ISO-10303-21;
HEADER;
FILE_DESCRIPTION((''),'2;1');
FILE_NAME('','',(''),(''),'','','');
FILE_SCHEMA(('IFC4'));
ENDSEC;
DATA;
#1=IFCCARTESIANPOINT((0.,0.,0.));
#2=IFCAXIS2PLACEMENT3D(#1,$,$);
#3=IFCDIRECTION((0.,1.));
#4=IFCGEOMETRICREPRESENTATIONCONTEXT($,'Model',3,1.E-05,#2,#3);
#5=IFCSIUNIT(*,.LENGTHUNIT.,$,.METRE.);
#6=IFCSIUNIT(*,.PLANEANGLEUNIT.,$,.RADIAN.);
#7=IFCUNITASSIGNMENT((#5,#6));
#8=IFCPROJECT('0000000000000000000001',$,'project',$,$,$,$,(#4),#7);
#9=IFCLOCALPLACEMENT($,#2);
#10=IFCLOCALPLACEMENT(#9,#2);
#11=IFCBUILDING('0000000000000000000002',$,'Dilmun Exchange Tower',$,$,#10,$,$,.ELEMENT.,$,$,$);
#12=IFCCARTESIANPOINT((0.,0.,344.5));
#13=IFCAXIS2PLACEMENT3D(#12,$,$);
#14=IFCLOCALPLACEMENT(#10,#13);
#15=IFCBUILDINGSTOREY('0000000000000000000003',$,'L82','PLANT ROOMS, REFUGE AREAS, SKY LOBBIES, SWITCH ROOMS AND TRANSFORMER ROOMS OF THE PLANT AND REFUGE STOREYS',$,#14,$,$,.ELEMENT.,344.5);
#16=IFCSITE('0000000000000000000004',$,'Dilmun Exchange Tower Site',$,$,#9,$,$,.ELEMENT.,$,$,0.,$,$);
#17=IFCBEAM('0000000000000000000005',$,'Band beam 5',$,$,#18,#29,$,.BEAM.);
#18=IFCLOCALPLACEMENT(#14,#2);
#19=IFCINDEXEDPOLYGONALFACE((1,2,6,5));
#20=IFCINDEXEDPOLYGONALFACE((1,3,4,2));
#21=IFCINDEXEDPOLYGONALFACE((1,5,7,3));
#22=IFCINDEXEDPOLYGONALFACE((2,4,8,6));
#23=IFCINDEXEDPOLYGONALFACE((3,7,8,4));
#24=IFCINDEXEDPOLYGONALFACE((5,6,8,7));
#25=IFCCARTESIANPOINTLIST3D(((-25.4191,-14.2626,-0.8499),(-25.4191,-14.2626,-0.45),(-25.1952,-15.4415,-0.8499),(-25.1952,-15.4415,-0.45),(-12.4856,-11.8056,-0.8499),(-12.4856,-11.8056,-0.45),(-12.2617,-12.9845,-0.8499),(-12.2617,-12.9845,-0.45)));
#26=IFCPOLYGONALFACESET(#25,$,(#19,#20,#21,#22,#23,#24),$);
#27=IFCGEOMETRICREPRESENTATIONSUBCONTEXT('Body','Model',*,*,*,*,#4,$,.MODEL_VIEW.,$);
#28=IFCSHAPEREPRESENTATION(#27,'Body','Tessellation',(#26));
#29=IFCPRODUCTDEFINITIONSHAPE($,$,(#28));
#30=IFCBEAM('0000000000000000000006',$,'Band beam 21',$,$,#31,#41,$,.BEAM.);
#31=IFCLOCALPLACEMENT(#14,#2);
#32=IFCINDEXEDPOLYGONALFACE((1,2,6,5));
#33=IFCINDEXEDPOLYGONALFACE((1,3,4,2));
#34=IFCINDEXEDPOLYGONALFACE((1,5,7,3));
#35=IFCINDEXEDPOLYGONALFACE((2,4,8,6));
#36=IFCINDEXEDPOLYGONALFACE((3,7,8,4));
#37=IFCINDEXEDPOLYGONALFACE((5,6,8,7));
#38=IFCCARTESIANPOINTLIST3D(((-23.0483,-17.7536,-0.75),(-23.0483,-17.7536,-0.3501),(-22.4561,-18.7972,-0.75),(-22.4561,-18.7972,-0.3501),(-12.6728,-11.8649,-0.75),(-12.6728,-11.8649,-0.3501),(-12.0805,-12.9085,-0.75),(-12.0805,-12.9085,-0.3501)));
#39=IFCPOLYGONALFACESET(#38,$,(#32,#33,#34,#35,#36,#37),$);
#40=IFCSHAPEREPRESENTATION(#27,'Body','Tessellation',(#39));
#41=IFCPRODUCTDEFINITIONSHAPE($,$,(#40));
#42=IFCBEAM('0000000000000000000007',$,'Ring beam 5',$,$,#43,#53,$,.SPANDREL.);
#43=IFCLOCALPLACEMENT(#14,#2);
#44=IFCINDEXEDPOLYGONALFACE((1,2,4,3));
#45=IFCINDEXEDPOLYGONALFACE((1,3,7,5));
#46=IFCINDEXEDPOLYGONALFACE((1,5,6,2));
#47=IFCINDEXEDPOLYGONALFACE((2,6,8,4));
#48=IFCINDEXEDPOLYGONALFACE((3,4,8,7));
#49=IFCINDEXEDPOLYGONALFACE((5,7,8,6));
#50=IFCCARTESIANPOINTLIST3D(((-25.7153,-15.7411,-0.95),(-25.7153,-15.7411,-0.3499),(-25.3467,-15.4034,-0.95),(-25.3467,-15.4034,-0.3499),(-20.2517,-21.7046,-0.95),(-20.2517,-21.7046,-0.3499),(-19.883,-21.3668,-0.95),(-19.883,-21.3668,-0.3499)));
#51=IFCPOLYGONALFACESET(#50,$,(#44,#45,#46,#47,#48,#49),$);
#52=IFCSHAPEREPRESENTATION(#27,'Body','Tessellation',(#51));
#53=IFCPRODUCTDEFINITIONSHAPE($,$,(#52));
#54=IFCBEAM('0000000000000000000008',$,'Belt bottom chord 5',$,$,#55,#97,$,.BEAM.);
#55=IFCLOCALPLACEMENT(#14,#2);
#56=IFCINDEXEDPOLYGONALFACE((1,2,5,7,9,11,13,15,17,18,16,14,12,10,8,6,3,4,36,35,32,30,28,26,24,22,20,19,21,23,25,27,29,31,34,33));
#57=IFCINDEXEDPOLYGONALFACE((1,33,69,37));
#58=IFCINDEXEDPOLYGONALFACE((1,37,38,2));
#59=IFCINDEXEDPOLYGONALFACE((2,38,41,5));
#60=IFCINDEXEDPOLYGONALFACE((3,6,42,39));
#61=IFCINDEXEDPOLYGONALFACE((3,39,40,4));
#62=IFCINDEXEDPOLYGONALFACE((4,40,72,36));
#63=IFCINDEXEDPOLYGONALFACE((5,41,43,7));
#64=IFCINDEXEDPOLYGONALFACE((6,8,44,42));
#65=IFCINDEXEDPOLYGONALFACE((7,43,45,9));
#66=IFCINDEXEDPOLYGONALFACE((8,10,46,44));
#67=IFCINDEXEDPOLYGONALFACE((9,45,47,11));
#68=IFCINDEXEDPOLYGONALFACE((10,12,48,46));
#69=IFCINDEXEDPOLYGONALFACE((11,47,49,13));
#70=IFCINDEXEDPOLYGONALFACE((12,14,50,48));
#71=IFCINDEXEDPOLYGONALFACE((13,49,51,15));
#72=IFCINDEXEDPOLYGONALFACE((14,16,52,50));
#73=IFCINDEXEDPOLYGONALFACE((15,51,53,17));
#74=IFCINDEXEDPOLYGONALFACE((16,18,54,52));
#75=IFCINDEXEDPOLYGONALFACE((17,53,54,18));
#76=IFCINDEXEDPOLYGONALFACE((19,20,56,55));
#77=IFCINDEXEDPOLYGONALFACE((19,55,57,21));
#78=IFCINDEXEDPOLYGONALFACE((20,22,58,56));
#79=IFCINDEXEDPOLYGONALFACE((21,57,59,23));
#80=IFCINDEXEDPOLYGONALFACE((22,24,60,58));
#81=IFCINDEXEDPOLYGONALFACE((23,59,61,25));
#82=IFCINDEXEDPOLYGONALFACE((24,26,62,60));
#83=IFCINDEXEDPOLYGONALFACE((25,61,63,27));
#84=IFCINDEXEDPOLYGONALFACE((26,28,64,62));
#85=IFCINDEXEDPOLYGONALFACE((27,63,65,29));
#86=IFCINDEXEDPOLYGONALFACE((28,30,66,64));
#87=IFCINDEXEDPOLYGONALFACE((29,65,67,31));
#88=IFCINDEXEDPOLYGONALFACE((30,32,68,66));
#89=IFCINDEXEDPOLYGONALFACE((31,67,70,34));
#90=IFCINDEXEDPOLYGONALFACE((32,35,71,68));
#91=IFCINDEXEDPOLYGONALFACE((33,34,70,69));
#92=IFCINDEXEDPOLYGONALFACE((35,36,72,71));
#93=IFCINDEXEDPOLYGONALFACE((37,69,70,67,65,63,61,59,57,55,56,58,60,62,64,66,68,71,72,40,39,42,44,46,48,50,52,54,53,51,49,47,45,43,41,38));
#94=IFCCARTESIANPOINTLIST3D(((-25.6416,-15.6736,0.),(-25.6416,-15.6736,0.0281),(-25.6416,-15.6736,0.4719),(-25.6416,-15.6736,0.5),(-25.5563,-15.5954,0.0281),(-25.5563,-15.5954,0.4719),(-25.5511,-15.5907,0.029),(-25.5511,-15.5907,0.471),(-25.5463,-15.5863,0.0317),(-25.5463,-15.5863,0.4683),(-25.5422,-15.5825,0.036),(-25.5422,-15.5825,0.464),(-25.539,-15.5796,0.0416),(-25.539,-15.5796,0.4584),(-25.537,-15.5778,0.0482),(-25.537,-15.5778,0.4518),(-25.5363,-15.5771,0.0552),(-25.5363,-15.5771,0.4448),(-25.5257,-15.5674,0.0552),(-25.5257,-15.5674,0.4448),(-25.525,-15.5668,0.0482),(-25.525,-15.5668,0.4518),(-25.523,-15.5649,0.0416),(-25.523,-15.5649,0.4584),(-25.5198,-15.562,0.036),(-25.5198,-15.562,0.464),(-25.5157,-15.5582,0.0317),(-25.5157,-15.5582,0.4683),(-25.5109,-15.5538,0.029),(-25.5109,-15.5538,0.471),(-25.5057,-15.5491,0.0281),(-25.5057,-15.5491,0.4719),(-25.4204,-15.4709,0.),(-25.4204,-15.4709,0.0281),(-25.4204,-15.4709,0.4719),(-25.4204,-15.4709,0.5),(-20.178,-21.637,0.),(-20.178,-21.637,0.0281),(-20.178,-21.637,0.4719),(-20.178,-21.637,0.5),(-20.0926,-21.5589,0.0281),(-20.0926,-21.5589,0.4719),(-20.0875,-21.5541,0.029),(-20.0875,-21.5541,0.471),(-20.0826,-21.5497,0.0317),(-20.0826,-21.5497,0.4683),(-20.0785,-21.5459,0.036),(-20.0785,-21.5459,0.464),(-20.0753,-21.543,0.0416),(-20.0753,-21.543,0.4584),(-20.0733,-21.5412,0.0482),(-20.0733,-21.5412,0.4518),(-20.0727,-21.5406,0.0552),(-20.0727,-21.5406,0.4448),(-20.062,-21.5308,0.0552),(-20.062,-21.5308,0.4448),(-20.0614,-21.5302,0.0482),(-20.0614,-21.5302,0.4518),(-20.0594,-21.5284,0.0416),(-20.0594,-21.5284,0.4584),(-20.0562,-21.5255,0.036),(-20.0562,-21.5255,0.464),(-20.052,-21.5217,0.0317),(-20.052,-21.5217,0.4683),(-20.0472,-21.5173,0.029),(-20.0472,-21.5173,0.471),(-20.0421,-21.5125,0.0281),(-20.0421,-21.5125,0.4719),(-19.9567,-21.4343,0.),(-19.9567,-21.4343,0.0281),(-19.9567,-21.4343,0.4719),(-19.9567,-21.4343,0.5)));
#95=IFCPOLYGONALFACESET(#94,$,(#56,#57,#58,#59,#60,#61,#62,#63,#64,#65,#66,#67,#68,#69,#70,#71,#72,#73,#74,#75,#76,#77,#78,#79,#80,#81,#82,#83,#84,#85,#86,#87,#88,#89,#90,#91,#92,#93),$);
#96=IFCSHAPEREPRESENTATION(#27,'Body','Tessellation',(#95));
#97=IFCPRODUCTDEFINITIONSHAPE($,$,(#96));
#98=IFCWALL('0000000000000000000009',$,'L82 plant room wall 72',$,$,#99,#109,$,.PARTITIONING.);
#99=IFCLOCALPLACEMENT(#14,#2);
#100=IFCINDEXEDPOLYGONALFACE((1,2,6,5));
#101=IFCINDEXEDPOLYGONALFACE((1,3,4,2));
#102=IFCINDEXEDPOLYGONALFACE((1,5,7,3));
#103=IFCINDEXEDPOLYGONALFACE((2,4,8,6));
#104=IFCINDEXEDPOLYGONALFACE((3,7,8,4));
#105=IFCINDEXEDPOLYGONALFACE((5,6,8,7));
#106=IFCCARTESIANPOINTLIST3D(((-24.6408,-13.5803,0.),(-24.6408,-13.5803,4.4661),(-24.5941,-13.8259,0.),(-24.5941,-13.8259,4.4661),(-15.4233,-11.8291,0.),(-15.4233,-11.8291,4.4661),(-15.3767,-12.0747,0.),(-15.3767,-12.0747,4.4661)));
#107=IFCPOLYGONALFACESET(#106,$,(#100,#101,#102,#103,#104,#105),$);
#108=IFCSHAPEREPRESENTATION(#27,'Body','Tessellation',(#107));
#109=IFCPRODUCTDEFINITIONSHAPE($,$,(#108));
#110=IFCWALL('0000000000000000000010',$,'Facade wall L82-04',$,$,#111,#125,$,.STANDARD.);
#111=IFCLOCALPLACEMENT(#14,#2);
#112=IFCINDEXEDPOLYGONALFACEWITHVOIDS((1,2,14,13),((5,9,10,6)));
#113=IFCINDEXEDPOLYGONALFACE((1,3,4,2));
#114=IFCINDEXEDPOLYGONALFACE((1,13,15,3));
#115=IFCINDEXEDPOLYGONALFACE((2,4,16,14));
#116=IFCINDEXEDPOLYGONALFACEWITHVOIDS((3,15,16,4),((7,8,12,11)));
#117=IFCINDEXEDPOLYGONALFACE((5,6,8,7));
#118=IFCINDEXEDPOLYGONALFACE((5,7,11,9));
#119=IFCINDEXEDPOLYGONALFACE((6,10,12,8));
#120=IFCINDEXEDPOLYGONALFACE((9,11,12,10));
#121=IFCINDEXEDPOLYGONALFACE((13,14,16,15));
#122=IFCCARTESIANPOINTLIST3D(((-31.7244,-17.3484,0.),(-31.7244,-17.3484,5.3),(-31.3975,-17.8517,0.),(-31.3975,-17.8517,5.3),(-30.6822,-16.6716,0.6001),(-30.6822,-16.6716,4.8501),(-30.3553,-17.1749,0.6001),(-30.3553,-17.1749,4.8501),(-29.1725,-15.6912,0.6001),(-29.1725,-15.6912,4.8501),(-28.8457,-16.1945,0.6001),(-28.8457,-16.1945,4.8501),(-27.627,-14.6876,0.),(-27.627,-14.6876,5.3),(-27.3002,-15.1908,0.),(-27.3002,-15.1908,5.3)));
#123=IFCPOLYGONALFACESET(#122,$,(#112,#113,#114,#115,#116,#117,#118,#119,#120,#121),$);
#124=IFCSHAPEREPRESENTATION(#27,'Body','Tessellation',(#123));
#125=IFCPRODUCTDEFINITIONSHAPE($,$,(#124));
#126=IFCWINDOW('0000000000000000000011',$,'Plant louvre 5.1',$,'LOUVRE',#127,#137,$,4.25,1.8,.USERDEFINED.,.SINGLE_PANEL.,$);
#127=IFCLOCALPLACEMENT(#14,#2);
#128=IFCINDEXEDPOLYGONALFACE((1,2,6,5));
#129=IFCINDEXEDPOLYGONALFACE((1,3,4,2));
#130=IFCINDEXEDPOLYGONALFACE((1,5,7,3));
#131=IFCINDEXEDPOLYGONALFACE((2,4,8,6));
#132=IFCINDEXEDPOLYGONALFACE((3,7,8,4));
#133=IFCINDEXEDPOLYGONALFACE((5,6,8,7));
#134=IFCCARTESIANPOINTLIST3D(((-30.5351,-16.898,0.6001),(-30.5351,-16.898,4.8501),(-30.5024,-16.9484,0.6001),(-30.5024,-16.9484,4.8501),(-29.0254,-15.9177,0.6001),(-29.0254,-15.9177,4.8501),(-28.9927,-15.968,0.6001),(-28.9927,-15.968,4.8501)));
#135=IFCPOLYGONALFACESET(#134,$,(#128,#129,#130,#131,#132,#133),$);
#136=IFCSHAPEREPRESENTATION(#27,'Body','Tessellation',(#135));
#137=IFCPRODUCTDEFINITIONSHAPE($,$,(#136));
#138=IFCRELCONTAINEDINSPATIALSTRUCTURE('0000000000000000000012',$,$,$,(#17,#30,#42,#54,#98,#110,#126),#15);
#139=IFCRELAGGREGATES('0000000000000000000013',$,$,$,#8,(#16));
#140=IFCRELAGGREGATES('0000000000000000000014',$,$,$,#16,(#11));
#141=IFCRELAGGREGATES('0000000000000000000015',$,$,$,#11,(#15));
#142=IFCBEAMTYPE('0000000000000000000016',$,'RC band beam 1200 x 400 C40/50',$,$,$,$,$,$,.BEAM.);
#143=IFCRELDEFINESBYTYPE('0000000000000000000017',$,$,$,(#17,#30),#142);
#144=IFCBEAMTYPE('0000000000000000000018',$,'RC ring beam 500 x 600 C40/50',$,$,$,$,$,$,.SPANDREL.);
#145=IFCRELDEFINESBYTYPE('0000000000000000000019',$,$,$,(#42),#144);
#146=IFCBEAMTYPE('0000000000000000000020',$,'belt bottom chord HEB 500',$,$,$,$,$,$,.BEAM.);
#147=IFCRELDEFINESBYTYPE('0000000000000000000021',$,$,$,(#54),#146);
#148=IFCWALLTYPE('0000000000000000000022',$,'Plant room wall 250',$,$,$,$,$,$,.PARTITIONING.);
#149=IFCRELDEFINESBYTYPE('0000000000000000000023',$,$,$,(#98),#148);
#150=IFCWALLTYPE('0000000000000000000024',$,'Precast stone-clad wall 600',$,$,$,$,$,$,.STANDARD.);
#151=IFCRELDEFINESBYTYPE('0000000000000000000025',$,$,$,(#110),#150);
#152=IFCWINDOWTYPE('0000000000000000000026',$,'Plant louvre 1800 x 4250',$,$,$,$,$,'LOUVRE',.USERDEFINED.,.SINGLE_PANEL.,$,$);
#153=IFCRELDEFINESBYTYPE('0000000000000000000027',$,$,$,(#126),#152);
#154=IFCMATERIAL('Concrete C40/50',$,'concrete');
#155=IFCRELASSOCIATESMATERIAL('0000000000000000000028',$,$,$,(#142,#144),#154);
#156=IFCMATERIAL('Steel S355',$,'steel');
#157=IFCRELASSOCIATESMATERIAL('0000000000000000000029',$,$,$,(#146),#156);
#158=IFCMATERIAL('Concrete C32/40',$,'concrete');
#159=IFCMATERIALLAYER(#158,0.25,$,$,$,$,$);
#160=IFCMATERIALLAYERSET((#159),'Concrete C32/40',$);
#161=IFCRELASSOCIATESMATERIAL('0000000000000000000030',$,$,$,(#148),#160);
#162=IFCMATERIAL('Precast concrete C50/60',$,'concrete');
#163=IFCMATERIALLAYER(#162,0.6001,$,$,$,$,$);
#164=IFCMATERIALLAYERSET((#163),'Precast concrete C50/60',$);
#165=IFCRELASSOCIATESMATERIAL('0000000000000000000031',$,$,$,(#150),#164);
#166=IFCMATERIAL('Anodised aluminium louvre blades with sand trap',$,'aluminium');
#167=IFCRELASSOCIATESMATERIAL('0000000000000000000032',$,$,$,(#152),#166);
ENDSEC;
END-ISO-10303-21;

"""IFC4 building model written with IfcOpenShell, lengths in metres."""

from ifc_helpers import new_model, si_unit, direction, frame, frame_2d, origin, origin_2d, place, context, subcontext, project, spatial, rectangle, i_section, extrude, material, layer, layer_set, material_profile, profile_set, type_object, element, fill, save


model = new_model("IFC4")

# Units and contexts
model_context = context("Model", 3, precision=1e-05, world=origin(), true_north=direction((0.0, 1.0)))
body_context = subcontext(model_context, "Body", "Model", "MODEL_VIEW")
ifc_project = project(units=[si_unit("LENGTHUNIT", "METRE"), si_unit("PLANEANGLEUNIT", "RADIAN")], contexts=[model_context])

# Site, building, storey
site_placement = place(None, origin())
site = spatial("IfcSite", under=ifc_project, at=site_placement, Name="Dilmun Exchange Tower Site", CompositionType="ELEMENT", RefElevation=0.0)
building_placement = place(site_placement, origin())
building = spatial("IfcBuilding", under=site, at=building_placement, Name="Dilmun Exchange Tower", CompositionType="ELEMENT")
storey_placement = place(building_placement, frame((0.0, 0.0, 344.5)))
storey = spatial("IfcBuildingStorey", under=building, at=storey_placement, Name="L82", Description="PLANT ROOMS, REFUGE AREAS, SKY LOBBIES, SWITCH ROOMS AND TRANSFORMER ROOMS OF THE PLANT AND REFUGE STOREYS", CompositionType="ELEMENT", Elevation=344.5)

# Beams
ifc_material_1 = material(Name="Concrete C40/50", Category="concrete")
ifc_material_profile_1 = material_profile(ifc_material_1, rectangle(XDim=1.2, YDim=0.3999, at=origin_2d()), Name="1200 x 400")
ifc_profile_set_1 = profile_set([ifc_material_profile_1], Name="Concrete C40/50")
beam_type_1 = type_object("IfcBeamType", Name="RC band beam 1200 x 400 C40/50", PredefinedType="BEAM", material=ifc_profile_set_1)
beam_1_placement = place(storey_placement, frame((-25.3071, -14.8521, -0.6499), z_axis=(0.982429, 0.186635, 0.0), x_axis=(-0.186635, 0.982429, 0.0)))
element("IfcBeam", 1, at=beam_1_placement, inside=storey, type_object=beam_type_1, Name="Band beam 5", PredefinedType="BEAM", context=body_context, shape_type="SweptSolid", body=[
    extrude(rectangle(XDim=1.2, YDim=0.3999, at=origin_2d()), origin(), (0.0, 0.0, 1.0), 13.1648),
])
beam_2_placement = place(storey_placement, frame((-22.7522, -18.2754, -0.55), z_axis=(0.86969, 0.493598, 0.0), x_axis=(-0.493598, 0.86969, 0.0)))
element("IfcBeam", 2, at=beam_2_placement, inside=storey, type_object=beam_type_1, Name="Band beam 21", PredefinedType="BEAM", context=body_context, shape_type="SweptSolid", body=[
    extrude(rectangle(XDim=1.2, YDim=0.3999, at=origin_2d()), origin(), (0.0, 0.0, 1.0), 11.9302),
])
ifc_material_profile_2 = material_profile(ifc_material_1, rectangle(XDim=0.5, YDim=0.6001, at=origin_2d()), Name="500 x 600")
ifc_profile_set_2 = profile_set([ifc_material_profile_2], Name="Concrete C40/50")
beam_type_2 = type_object("IfcBeamType", Name="RC ring beam 500 x 600 C40/50", PredefinedType="SPANDREL", material=ifc_profile_set_2)
beam_3_placement = place(storey_placement, frame((-25.531, -15.5723, -0.6499), z_axis=(0.675536, -0.737327, 0.0), x_axis=(0.737327, 0.675536, 0.0)))
element("IfcBeam", 3, at=beam_3_placement, inside=storey, type_object=beam_type_2, Name="Ring beam 5", PredefinedType="SPANDREL", context=body_context, shape_type="SweptSolid", body=[
    extrude(rectangle(XDim=0.5, YDim=0.6001, at=origin_2d()), origin(), (0.0, 0.0, 1.0), 8.0879),
])
ifc_material_2 = material(Name="Steel S355", Category="steel")
ifc_material_profile_3 = material_profile(ifc_material_2, i_section(OverallWidth=0.3, OverallDepth=0.5, WebThickness=0.0144, FlangeThickness=0.0281, FilletRadius=0.0271, at=origin_2d()), Name="HEB 500")
ifc_profile_set_3 = profile_set([ifc_material_profile_3], Name="Steel S355")
beam_type_3 = type_object("IfcBeamType", Name="belt bottom chord HEB 500", PredefinedType="BEAM", material=ifc_profile_set_3)
beam_4_placement = place(storey_placement, frame((-25.531, -15.5723, 0.25), z_axis=(0.675536, -0.737327, 0.0), x_axis=(0.737327, 0.675536, 0.0)))
element("IfcBeam", 4, at=beam_4_placement, inside=storey, type_object=beam_type_3, Name="Belt bottom chord 5", PredefinedType="BEAM", context=body_context, shape_type="SweptSolid", body=[
    extrude(i_section(OverallWidth=0.3, OverallDepth=0.5, WebThickness=0.0144, FlangeThickness=0.0281, FilletRadius=0.0271, at=origin_2d()), origin(), (0.0, 0.0, 1.0), 8.0879),
])

# Wall
ifc_material_3 = material(Name="Concrete C32/40", Category="concrete")
ifc_layer_1 = layer(ifc_material_3, 0.25)
ifc_layer_set_1 = layer_set([ifc_layer_1], Name="Concrete C32/40")
wall_type_1 = type_object("IfcWallType", Name="Plant room wall 250", PredefinedType="PARTITIONING", material=ifc_layer_set_1)
wall_1_placement = place(storey_placement, frame((-24.6174, -13.7031, 0.0), z_axis=(0.0, 0.0, 1.0), x_axis=(0.982427, 0.186649, 0.0)))
element("IfcWall", 5, at=wall_1_placement, inside=storey, type_object=wall_type_1, Name="L82 plant room wall 72", PredefinedType="PARTITIONING", context=body_context, shape_type="SweptSolid", body=[
    extrude(rectangle(XDim=9.3823, YDim=0.25, at=frame_2d((4.6912, 0.0))), origin(), (0.0, 0.0, 1.0), 4.4661),
])

# Wall, opening, window
ifc_material_4 = material(Name="Precast concrete C50/60", Category="concrete")
ifc_layer_2 = layer(ifc_material_4, 0.6001)
ifc_layer_set_2 = layer_set([ifc_layer_2], Name="Precast concrete C50/60")
wall_type_2 = type_object("IfcWallType", Name="Precast stone-clad wall 600", PredefinedType="STANDARD", material=ifc_layer_set_2)
wall_2_placement = place(storey_placement, frame((-31.561, -17.6001, 0.0), z_axis=(0.0, 0.0, 1.0), x_axis=(0.838671, 0.544639, 0.0)))
wall_2 = element("IfcWall", 6, at=wall_2_placement, inside=storey, type_object=wall_type_2, Name="Facade wall L82-04", PredefinedType="STANDARD", context=body_context, shape_type="SweptSolid", body=[
    extrude(rectangle(XDim=4.8855, YDim=0.6001, at=frame_2d((2.4429, 0.0))), origin(), (0.0, 0.0, 1.0), 5.3),
])
opening_1_placement = place(wall_2_placement, frame((1.2429, 0.0, 0.6001)))
opening_1 = element("IfcOpeningElement", 7, at=opening_1_placement, cuts=wall_2, PredefinedType="OPENING", context=body_context, shape_type="SweptSolid", body=[
    extrude(rectangle(XDim=1.8, YDim=4.25, at=frame_2d((0.8999, 2.125))), frame((0.0, 0.3101, 0.0), z_axis=(0.0, -1.0, 0.0), x_axis=(1.0, 0.0, 0.0)), (0.0, 0.0, 1.0), 0.6201),
])
ifc_material_5 = material(Name="Anodised aluminium louvre blades with sand trap", Category="aluminium")
window_type_1 = type_object("IfcWindowType", Name="Plant louvre 1800 x 4250", ElementType="LOUVRE", PartitioningType="SINGLE_PANEL", PredefinedType="USERDEFINED", material=ifc_material_5)
window_1_placement = place(opening_1_placement, origin())
window_1 = element("IfcWindow", 8, at=window_1_placement, inside=storey, type_object=window_type_1, Name="Plant louvre 5.1", ObjectType="LOUVRE", OverallHeight=4.25, OverallWidth=1.8, PartitioningType="SINGLE_PANEL", PredefinedType="USERDEFINED", context=body_context, shape_type="SweptSolid", body=[
    extrude(rectangle(XDim=1.8, YDim=4.25, at=frame_2d((0.8999, 2.125))), frame((0.0, 0.03, 0.0), z_axis=(0.0, -1.0, 0.0), x_axis=(1.0, 0.0, 0.0)), (0.0, 0.0, 1.0), 0.0601),
])
fill(opening_1, window_1)

save(model, "model.ifc")
